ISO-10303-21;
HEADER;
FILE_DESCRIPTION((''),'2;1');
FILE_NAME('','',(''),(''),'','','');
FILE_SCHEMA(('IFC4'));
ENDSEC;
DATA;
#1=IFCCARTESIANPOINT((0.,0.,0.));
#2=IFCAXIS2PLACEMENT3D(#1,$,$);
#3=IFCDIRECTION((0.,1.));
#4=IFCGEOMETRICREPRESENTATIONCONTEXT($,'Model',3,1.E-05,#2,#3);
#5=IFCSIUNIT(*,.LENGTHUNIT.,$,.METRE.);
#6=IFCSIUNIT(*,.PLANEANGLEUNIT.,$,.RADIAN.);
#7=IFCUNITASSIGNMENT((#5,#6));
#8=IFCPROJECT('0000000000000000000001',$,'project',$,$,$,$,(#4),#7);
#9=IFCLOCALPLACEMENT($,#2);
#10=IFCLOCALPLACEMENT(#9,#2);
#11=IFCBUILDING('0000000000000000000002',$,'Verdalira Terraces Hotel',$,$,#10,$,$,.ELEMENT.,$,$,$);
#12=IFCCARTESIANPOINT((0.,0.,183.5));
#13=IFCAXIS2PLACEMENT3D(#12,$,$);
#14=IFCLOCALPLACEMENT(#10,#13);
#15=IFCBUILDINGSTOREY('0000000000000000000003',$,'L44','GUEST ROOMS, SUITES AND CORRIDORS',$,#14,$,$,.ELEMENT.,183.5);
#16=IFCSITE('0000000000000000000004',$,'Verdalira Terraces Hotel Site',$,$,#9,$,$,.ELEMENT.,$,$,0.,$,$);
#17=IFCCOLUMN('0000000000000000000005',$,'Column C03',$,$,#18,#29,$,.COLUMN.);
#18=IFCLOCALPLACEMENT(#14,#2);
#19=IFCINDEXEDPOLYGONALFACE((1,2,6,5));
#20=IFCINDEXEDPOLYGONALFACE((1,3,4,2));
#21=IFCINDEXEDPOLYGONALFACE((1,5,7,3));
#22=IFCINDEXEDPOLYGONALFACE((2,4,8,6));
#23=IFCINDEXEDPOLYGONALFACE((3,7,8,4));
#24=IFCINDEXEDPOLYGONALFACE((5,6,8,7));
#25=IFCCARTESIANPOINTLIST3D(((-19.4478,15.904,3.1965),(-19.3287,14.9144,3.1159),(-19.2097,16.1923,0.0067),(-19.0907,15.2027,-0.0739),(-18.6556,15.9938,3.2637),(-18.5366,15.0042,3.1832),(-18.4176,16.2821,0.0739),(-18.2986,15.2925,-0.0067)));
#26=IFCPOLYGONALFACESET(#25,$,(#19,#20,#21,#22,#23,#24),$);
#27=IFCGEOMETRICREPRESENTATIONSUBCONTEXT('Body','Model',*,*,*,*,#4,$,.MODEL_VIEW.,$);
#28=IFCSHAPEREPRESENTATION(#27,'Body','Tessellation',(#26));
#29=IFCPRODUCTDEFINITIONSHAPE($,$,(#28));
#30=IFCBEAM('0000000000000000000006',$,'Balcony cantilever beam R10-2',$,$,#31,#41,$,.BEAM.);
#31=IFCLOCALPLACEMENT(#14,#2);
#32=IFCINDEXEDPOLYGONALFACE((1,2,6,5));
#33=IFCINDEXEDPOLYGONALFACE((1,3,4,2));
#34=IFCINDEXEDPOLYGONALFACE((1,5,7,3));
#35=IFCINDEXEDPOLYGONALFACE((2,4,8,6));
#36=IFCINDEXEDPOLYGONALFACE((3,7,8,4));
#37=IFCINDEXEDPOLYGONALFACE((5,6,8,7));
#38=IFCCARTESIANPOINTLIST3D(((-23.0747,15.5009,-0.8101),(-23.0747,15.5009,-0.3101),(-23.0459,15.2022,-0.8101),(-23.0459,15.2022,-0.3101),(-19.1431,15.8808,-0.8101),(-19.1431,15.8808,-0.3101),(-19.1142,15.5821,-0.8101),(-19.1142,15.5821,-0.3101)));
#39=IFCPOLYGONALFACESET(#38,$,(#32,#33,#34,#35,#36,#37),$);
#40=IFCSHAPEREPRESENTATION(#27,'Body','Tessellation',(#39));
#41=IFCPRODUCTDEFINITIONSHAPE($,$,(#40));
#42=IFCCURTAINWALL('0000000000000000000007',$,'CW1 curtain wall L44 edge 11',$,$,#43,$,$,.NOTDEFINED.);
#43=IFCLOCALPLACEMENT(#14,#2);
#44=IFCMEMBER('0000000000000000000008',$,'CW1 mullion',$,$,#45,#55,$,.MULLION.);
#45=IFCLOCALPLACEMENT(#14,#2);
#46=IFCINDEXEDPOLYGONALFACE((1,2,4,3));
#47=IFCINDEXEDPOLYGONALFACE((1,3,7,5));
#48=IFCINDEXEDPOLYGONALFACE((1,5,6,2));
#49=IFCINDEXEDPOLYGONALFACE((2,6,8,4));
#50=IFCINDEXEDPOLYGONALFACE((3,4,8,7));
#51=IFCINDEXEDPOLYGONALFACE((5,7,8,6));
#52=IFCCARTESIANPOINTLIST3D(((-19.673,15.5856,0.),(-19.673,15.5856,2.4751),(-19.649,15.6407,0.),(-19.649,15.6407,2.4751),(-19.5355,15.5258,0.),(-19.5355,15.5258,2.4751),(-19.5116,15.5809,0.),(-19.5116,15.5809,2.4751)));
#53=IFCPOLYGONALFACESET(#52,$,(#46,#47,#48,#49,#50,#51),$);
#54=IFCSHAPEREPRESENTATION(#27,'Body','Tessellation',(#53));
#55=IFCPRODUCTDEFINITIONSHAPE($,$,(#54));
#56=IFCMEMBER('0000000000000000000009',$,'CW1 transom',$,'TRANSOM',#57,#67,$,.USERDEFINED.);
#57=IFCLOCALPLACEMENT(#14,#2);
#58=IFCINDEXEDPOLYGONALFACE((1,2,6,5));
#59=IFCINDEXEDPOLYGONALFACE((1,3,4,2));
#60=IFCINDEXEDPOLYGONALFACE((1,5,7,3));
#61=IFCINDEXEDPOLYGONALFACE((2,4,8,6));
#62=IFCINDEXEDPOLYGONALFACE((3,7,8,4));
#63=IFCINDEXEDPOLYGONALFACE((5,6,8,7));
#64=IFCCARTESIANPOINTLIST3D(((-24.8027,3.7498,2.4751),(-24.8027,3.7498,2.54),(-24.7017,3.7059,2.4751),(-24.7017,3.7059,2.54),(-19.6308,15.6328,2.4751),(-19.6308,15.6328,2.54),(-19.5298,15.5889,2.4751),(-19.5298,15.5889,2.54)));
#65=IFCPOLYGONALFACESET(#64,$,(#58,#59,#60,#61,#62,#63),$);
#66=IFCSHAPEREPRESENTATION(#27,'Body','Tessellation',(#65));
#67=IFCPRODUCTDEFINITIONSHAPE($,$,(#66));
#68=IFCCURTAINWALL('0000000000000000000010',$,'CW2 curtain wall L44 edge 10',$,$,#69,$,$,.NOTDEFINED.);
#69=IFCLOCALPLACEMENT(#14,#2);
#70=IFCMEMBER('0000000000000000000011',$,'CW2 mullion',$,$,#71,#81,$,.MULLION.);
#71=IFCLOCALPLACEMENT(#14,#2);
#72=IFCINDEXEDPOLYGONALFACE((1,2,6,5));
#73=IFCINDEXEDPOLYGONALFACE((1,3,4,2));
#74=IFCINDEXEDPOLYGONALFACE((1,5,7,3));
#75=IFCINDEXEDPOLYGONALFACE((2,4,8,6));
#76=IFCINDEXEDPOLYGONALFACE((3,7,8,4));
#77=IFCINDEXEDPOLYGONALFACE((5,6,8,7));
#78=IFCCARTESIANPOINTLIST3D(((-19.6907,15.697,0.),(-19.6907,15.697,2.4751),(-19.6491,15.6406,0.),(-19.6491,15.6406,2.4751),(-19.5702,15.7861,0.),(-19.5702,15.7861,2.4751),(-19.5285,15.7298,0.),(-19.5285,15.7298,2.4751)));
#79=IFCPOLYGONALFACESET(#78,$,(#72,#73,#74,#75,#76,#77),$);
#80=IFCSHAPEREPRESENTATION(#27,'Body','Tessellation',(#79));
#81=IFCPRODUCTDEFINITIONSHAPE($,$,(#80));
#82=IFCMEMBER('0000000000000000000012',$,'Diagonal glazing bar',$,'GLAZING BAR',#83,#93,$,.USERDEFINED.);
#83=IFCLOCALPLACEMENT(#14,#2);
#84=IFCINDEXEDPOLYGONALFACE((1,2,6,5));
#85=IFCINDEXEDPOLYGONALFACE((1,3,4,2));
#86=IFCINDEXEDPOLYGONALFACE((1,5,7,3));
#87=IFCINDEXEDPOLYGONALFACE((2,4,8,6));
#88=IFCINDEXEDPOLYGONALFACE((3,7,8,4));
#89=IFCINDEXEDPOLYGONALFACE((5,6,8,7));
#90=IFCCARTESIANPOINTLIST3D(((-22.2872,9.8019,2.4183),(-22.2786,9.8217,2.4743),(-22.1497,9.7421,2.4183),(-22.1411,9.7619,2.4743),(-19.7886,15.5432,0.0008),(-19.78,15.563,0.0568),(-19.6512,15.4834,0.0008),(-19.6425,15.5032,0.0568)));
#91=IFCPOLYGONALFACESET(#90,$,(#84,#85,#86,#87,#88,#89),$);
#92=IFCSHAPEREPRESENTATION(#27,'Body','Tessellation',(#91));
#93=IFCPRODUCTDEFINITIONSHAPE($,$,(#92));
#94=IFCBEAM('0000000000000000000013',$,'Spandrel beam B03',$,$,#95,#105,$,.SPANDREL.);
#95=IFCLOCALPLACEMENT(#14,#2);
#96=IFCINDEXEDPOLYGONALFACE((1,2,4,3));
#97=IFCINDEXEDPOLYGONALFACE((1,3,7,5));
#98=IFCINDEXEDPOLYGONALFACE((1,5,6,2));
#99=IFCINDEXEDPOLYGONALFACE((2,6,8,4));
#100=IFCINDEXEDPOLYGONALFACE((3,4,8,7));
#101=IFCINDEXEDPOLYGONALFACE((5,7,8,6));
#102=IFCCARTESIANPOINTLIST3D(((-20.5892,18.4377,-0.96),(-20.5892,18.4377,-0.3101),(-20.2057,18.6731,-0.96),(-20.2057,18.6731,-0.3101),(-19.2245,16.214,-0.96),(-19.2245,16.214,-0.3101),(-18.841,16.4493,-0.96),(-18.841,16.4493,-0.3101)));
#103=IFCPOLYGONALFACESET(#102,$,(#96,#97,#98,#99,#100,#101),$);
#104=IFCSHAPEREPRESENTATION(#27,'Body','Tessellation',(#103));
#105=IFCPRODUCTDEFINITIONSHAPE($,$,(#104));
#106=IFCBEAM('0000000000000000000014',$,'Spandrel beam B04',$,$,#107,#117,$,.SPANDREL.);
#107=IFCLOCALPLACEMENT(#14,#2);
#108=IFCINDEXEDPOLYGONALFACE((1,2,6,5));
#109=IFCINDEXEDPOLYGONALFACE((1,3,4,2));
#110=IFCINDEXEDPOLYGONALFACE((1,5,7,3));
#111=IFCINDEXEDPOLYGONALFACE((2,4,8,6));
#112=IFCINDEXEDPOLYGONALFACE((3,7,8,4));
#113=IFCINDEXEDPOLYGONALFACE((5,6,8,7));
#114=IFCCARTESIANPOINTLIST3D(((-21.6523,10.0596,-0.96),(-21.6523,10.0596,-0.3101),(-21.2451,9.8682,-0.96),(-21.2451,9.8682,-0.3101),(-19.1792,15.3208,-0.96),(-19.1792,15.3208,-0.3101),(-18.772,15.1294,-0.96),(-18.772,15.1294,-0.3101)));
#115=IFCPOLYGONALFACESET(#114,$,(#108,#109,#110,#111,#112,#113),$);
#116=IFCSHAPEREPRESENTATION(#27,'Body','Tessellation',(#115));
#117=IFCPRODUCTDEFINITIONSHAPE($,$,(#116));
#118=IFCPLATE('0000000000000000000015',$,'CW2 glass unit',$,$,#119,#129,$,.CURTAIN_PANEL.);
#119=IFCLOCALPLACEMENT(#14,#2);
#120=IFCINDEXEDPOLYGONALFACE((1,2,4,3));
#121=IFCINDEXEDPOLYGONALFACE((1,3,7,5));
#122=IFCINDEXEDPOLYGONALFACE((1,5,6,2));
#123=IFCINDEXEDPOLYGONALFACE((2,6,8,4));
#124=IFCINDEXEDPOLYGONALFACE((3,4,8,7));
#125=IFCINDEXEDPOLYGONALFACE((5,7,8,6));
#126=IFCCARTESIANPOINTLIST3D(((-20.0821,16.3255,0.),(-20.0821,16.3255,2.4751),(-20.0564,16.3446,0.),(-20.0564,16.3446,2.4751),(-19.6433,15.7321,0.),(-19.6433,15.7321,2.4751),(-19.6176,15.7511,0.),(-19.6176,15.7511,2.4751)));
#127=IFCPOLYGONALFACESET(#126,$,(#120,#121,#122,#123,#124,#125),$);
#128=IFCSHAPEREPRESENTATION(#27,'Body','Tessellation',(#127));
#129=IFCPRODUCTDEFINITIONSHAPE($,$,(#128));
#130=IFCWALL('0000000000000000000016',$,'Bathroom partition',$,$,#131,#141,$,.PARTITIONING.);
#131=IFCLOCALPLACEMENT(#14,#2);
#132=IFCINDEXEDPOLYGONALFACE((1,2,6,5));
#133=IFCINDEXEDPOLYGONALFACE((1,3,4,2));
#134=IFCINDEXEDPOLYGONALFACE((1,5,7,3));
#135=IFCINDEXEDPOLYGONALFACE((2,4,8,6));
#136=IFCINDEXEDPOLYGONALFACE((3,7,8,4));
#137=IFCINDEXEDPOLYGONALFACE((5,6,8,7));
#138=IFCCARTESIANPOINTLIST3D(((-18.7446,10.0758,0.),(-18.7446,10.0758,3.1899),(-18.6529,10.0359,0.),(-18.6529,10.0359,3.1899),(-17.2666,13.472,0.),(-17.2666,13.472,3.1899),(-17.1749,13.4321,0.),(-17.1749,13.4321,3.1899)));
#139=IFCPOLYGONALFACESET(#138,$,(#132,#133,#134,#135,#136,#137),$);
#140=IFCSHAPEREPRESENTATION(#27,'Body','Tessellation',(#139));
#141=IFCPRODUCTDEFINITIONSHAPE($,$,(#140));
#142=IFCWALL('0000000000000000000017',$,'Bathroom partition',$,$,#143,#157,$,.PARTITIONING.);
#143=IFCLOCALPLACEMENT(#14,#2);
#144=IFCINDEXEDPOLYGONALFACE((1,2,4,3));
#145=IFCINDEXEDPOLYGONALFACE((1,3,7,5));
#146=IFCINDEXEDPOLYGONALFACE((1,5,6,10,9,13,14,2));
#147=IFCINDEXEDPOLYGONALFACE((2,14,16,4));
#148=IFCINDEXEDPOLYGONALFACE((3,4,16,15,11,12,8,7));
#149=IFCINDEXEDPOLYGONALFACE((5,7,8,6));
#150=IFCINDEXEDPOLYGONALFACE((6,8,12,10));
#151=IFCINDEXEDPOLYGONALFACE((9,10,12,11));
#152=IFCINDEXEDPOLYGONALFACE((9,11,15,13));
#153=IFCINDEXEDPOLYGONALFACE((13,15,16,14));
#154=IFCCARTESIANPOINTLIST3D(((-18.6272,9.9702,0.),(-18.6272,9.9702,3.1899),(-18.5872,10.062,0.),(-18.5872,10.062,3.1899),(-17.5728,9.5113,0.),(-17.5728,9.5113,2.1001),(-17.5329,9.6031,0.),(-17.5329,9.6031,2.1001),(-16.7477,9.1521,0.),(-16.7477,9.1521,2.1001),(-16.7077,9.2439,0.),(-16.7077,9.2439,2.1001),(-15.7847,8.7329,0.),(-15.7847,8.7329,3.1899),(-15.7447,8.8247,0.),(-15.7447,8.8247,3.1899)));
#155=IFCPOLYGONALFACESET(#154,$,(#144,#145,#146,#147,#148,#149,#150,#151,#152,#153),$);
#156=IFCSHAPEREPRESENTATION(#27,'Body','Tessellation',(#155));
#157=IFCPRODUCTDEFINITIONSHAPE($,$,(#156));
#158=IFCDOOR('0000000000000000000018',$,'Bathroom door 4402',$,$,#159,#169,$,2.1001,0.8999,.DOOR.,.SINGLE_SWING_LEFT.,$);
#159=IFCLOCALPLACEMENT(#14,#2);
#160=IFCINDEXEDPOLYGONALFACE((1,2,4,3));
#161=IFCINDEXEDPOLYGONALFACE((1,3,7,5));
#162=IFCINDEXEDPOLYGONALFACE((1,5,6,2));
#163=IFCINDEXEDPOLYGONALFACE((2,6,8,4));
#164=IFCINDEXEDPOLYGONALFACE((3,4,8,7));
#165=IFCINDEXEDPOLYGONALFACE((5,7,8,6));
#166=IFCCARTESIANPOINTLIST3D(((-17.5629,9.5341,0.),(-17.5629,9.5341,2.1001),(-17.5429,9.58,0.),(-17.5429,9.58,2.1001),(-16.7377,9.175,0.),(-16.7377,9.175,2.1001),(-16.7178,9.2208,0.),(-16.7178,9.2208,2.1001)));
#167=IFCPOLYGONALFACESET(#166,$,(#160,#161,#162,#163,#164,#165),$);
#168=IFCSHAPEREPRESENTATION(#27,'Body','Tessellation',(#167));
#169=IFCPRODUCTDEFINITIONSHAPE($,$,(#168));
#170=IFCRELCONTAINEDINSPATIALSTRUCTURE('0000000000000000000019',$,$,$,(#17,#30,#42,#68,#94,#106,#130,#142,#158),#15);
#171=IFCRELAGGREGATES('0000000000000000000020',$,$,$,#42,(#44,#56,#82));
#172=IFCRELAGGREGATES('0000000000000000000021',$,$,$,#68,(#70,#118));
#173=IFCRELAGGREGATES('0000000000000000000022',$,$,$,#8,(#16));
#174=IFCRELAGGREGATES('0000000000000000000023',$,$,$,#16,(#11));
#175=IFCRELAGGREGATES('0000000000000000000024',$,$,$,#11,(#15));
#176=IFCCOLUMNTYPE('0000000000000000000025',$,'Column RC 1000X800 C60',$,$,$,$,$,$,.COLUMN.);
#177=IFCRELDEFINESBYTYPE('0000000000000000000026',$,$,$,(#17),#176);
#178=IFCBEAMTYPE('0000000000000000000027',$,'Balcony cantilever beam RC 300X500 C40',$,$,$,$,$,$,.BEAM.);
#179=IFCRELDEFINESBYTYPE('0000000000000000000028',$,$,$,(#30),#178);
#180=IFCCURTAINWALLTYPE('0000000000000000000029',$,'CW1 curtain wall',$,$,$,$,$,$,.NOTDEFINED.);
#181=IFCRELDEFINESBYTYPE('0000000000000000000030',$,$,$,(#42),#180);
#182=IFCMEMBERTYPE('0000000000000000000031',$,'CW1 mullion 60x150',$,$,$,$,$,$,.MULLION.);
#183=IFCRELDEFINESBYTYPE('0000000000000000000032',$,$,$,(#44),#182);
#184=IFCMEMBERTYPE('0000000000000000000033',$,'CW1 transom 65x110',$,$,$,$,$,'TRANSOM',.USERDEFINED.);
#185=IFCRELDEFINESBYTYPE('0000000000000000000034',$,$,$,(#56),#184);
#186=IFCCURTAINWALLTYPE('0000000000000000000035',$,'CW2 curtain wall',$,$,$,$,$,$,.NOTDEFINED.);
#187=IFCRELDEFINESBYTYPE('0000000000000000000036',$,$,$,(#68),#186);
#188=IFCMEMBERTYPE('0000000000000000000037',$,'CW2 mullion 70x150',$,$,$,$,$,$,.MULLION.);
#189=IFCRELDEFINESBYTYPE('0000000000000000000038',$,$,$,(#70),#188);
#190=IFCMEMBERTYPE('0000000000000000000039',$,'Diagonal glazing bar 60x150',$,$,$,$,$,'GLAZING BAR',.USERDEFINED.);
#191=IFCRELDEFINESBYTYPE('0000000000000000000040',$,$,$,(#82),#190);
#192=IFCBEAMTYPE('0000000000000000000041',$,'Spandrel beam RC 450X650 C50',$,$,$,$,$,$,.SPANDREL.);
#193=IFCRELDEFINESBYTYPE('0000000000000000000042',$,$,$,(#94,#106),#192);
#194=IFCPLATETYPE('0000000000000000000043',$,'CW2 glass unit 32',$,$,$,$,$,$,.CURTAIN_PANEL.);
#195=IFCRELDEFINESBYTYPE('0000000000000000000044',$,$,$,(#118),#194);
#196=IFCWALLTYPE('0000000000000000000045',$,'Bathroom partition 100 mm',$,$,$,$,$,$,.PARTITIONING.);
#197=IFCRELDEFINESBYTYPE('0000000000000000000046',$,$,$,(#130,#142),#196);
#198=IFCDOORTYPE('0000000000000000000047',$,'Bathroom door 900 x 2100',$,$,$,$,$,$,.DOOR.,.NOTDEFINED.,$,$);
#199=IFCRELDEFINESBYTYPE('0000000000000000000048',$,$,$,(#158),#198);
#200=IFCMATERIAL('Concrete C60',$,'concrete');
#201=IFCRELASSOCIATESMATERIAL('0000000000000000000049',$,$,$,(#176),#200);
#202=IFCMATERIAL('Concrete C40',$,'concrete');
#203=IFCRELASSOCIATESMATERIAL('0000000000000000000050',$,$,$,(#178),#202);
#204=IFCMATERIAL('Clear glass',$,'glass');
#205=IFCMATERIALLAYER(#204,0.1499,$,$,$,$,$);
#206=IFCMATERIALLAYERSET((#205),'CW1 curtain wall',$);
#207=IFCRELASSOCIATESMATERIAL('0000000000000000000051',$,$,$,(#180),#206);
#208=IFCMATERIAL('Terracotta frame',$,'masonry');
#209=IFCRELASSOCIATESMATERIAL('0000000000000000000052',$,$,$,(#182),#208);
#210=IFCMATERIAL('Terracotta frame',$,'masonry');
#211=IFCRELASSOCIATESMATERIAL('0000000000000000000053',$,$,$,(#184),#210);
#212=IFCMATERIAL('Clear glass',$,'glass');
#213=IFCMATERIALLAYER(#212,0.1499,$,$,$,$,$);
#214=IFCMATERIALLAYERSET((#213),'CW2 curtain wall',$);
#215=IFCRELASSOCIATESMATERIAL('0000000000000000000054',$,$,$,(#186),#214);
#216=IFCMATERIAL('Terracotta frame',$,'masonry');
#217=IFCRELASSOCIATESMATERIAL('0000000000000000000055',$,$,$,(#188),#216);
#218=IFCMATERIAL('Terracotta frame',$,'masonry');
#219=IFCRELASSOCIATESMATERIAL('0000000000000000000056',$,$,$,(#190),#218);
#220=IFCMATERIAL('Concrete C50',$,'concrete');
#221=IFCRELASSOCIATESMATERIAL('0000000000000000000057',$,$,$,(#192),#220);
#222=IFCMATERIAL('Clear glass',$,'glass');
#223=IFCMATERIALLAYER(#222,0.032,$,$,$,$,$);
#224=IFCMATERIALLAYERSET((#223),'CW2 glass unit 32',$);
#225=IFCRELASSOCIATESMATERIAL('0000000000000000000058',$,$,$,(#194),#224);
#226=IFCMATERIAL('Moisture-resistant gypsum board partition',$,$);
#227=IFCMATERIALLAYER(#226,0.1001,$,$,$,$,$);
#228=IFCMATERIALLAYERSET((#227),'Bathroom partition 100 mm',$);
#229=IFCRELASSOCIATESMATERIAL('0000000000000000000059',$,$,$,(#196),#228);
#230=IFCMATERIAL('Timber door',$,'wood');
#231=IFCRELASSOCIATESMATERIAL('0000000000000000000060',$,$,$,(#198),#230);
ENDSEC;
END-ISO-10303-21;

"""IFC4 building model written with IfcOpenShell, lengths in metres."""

from ifc_helpers import new_model, si_unit, direction, frame, frame_2d, origin, origin_2d, place, context, subcontext, project, spatial, rectangle, extrude, material, layer, layer_set, material_profile, profile_set, type_object, element, fill, aggregate, save


model = new_model("IFC4")

# Units and contexts
model_context = context("Model", 3, precision=1e-05, world=origin(), true_north=direction((0.0, 1.0)))
body_context = subcontext(model_context, "Body", "Model", "MODEL_VIEW")
ifc_project = project(units=[si_unit("LENGTHUNIT", "METRE"), si_unit("PLANEANGLEUNIT", "RADIAN")], contexts=[model_context])

# Site, building, storey
site_placement = place(None, origin())
site = spatial("IfcSite", under=ifc_project, at=site_placement, Name="Verdalira Terraces Hotel Site", CompositionType="ELEMENT", RefElevation=0.0)
building_placement = place(site_placement, origin())
building = spatial("IfcBuilding", under=site, at=building_placement, Name="Verdalira Terraces Hotel", CompositionType="ELEMENT")
storey_placement = place(building_placement, frame((0.0, 0.0, 183.5)))
storey = spatial("IfcBuildingStorey", under=building, at=storey_placement, Name="L44", Description="GUEST ROOMS, SUITES AND CORRIDORS", CompositionType="ELEMENT", Elevation=183.5)

# Column
ifc_material_1 = material(Name="Concrete C60", Category="concrete")
ifc_material_profile_1 = material_profile(ifc_material_1, rectangle(XDim=1.0, YDim=0.8, at=origin_2d()), Name="RC 1000X800")
ifc_profile_set_1 = profile_set([ifc_material_profile_1], Name="Concrete C60")
column_type = type_object("IfcColumnType", Name="Column RC 1000X800 C60", PredefinedType="COLUMN", material=ifc_profile_set_1)
column_placement = place(storey_placement, frame((-18.7541, 15.7424, 0.0), z_axis=(-0.074114, -0.089773, 0.993201), x_axis=(-0.119035, 0.989616, 0.080566)))
element("IfcColumn", 1, at=column_placement, inside=storey, type_object=column_type, Name="Column C03", PredefinedType="COLUMN", context=body_context, shape_type="SweptSolid", body=[
    extrude(rectangle(XDim=1.0, YDim=0.8, at=origin_2d()), origin(), (0.0, 0.0, 1.0), 3.2117),
])

# Beam
ifc_material_2 = material(Name="Concrete C40", Category="concrete")
ifc_material_profile_2 = material_profile(ifc_material_2, rectangle(XDim=0.3, YDim=0.5, at=origin_2d()), Name="RC 300X500")
ifc_profile_set_2 = profile_set([ifc_material_profile_2], Name="Concrete C40")
beam_type_1 = type_object("IfcBeamType", Name="Balcony cantilever beam RC 300X500 C40", PredefinedType="BEAM", material=ifc_profile_set_2)
beam_1_placement = place(storey_placement, frame((-19.1287, 15.7314, -0.5601), z_axis=(-0.995365, -0.096174, 0.0), x_axis=(0.096174, -0.995365, 0.0)))
element("IfcBeam", 2, at=beam_1_placement, inside=storey, type_object=beam_type_1, Name="Balcony cantilever beam R10-2", PredefinedType="BEAM", context=body_context, shape_type="SweptSolid", body=[
    extrude(rectangle(XDim=0.3, YDim=0.5, at=origin_2d()), origin(), (0.0, 0.0, 1.0), 3.95),
])

# Curtain wall, members
ifc_material_3 = material(Name="Clear glass", Category="glass")
ifc_layer_1 = layer(ifc_material_3, 0.1499)
ifc_layer_set_1 = layer_set([ifc_layer_1], Name="CW1 curtain wall")
curtain_wall_type_1 = type_object("IfcCurtainWallType", Name="CW1 curtain wall", PredefinedType="NOTDEFINED", material=ifc_layer_set_1)
curtain_wall_1_placement = place(storey_placement, origin())
curtain_wall_1 = element("IfcCurtainWall", 3, at=curtain_wall_1_placement, inside=storey, type_object=curtain_wall_type_1, Name="CW1 curtain wall L44 edge 11", PredefinedType="NOTDEFINED")
ifc_material_4 = material(Name="Terracotta frame", Category="masonry")
ifc_material_profile_3 = material_profile(ifc_material_4, rectangle(XDim=0.0601, YDim=0.1499, at=origin_2d()), Name="MU 60x150")
ifc_profile_set_3 = profile_set([ifc_material_profile_3], Name="Terracotta frame")
member_type_1 = type_object("IfcMemberType", Name="CW1 mullion 60x150", PredefinedType="MULLION", material=ifc_profile_set_3)
member_1_placement = place(storey_placement, frame((-19.5923, 15.5833, 0.0), z_axis=(0.0, 0.0, 1.0), x_axis=(-0.399069, -0.916921, 0.0)))
member_1 = element("IfcMember", 4, at=member_1_placement, type_object=member_type_1, Name="CW1 mullion", PredefinedType="MULLION", context=body_context, shape_type="SweptSolid", body=[
    extrude(rectangle(XDim=0.0601, YDim=0.1499, at=origin_2d()), origin(), (0.0, 0.0, 1.0), 2.4751),
])
ifc_material_5 = material(Name="Terracotta frame", Category="masonry")
ifc_material_profile_4 = material_profile(ifc_material_5, rectangle(XDim=0.1101, YDim=0.0649, at=origin_2d()), Name="TR 65x110")
ifc_profile_set_4 = profile_set([ifc_material_profile_4], Name="Terracotta frame")
member_type_2 = type_object("IfcMemberType", Name="CW1 transom 65x110", ElementType="TRANSOM", PredefinedType="USERDEFINED", material=ifc_profile_set_4)
member_2_placement = place(storey_placement, frame((-19.5803, 15.6108, 2.5076), z_axis=(-0.399072, -0.91692, 0.0), x_axis=(0.91692, -0.399072, 0.0)))
member_2 = element("IfcMember", 5, at=member_2_placement, type_object=member_type_2, Name="CW1 transom", ObjectType="TRANSOM", PredefinedType="USERDEFINED", context=body_context, shape_type="SweptSolid", body=[
    extrude(rectangle(XDim=0.1101, YDim=0.0649, at=origin_2d()), origin(), (0.0, 0.0, 1.0), 12.9597),
])

# Curtain wall, member
ifc_material_6 = material(Name="Clear glass", Category="glass")
ifc_layer_2 = layer(ifc_material_6, 0.1499)
ifc_layer_set_2 = layer_set([ifc_layer_2], Name="CW2 curtain wall")
curtain_wall_type_2 = type_object("IfcCurtainWallType", Name="CW2 curtain wall", PredefinedType="NOTDEFINED", material=ifc_layer_set_2)
curtain_wall_2_placement = place(storey_placement, origin())
curtain_wall_2 = element("IfcCurtainWall", 6, at=curtain_wall_2_placement, inside=storey, type_object=curtain_wall_type_2, Name="CW2 curtain wall L44 edge 10", PredefinedType="NOTDEFINED")
ifc_material_7 = material(Name="Terracotta frame", Category="masonry")
ifc_material_profile_5 = material_profile(ifc_material_7, rectangle(XDim=0.0701, YDim=0.1499, at=origin_2d()), Name="MU 70x150")
ifc_profile_set_5 = profile_set([ifc_material_profile_5], Name="Terracotta frame")
member_type_3 = type_object("IfcMemberType", Name="CW2 mullion 70x150", PredefinedType="MULLION", material=ifc_profile_set_5)
member_3_placement = place(storey_placement, frame((-19.6096, 15.7134, 0.0), z_axis=(0.0, 0.0, 1.0), x_axis=(0.594542, -0.804064, 0.0)))
member_3 = element("IfcMember", 7, at=member_3_placement, type_object=member_type_3, Name="CW2 mullion", PredefinedType="MULLION", context=body_context, shape_type="SweptSolid", body=[
    extrude(rectangle(XDim=0.0701, YDim=0.1499, at=origin_2d()), origin(), (0.0, 0.0, 1.0), 2.4751),
])

# Member
ifc_material_8 = material(Name="Terracotta frame", Category="masonry")
ifc_material_profile_6 = material_profile(ifc_material_8, rectangle(XDim=0.1499, YDim=0.0601, at=origin_2d()), Name="GB 60x150")
ifc_profile_set_6 = profile_set([ifc_material_profile_6], Name="Terracotta frame")
member_type_4 = type_object("IfcMemberType", Name="Diagonal glazing bar 60x150", ElementType="GLAZING BAR", PredefinedType="USERDEFINED", material=ifc_profile_set_6)
member_4_placement = place(storey_placement, frame((-19.7156, 15.5232, 0.0288), z_axis=(-0.37226, -0.855389, 0.360183), x_axis=(0.916932, -0.399043, 0.0)))
member_4 = element("IfcMember", 8, at=member_4_placement, type_object=member_type_4, Name="Diagonal glazing bar", ObjectType="GLAZING BAR", PredefinedType="USERDEFINED", context=body_context, shape_type="SweptSolid", body=[
    extrude(rectangle(XDim=0.1499, YDim=0.0601, at=origin_2d()), origin(), (0.0, 0.0, 1.0), 6.7119),
])
aggregate(curtain_wall_1, [member_1, member_2, member_4])

# Beams
ifc_material_9 = material(Name="Concrete C50", Category="concrete")
ifc_material_profile_7 = material_profile(ifc_material_9, rectangle(XDim=0.45, YDim=0.6499, at=origin_2d()), Name="RC 450X650")
ifc_profile_set_7 = profile_set([ifc_material_profile_7], Name="Concrete C50")
beam_type_2 = type_object("IfcBeamType", Name="Spandrel beam RC 450X650 C50", PredefinedType="SPANDREL", material=ifc_profile_set_7)
beam_2_placement = place(storey_placement, frame((-20.3975, 18.5554, -0.635), z_axis=(0.523042, -0.852307, 0.0), x_axis=(0.852307, 0.523042, 0.0)))
element("IfcBeam", 9, at=beam_2_placement, inside=storey, type_object=beam_type_2, Name="Spandrel beam B03", PredefinedType="SPANDREL", context=body_context, shape_type="SweptSolid", body=[
    extrude(rectangle(XDim=0.45, YDim=0.6499, at=origin_2d()), origin(), (0.0, 0.0, 1.0), 2.6091),
])
beam_3_placement = place(storey_placement, frame((-18.9756, 15.2251, -0.635), z_axis=(-0.425413, -0.904999, 0.0), x_axis=(0.904999, -0.425413, 0.0)))
element("IfcBeam", 10, at=beam_3_placement, inside=storey, type_object=beam_type_2, Name="Spandrel beam B04", PredefinedType="SPANDREL", context=body_context, shape_type="SweptSolid", body=[
    extrude(rectangle(XDim=0.45, YDim=0.6499, at=origin_2d()), origin(), (0.0, 0.0, 1.0), 5.8135),
])

# Plate
ifc_material_10 = material(Name="Clear glass", Category="glass")
ifc_layer_3 = layer(ifc_material_10, 0.032)
ifc_layer_set_3 = layer_set([ifc_layer_3], Name="CW2 glass unit 32")
plate_type = type_object("IfcPlateType", Name="CW2 glass unit 32", PredefinedType="CURTAIN_PANEL", material=ifc_layer_set_3)
plate_placement = place(storey_placement, frame((-19.8499, 16.0383, 0.0), z_axis=(0.0, 0.0, 1.0), x_axis=(0.594542, -0.804064, 0.0)))
plate = element("IfcPlate", 11, at=plate_placement, type_object=plate_type, Name="CW2 glass unit", PredefinedType="CURTAIN_PANEL", context=body_context, shape_type="SweptSolid", body=[
    extrude(rectangle(XDim=0.738, YDim=0.032, at=origin_2d()), origin(), (0.0, 0.0, 1.0), 2.4751),
])
aggregate(curtain_wall_2, [member_3, plate])

# Wall
ifc_material_11 = material(Name="Moisture-resistant gypsum board partition")
ifc_layer_4 = layer(ifc_material_11, 0.1001)
ifc_layer_set_4 = layer_set([ifc_layer_4], Name="Bathroom partition 100 mm")
wall_type_1 = type_object("IfcWallType", Name="Bathroom partition 100 mm", PredefinedType="PARTITIONING", material=ifc_layer_set_4)
wall_1_placement = place(storey_placement, frame((-17.2207, 13.4521, 0.0), z_axis=(0.0, 0.0, 1.0), x_axis=(-0.399044, -0.916932, 0.0)))
element("IfcWall", 12, at=wall_1_placement, inside=storey, type_object=wall_type_1, Name="Bathroom partition", PredefinedType="PARTITIONING", context=body_context, shape_type="SweptSolid", body=[
    extrude(rectangle(XDim=3.7039, YDim=0.1001, at=frame_2d((1.8521, 0.0))), origin(), (0.0, 0.0, 1.0), 3.1899),
])

# Wall, opening, door
wall_2_placement = place(storey_placement, frame((-18.6072, 10.0161, 0.0), z_axis=(0.0, 0.0, 1.0), x_axis=(0.916902, -0.399112, 0.0)))
wall_2 = element("IfcWall", 13, at=wall_2_placement, inside=storey, type_object=wall_type_1, Name="Bathroom partition", PredefinedType="PARTITIONING", context=body_context, shape_type="SweptSolid", body=[
    extrude(rectangle(XDim=3.1001, YDim=0.1001, at=frame_2d((1.55, 0.0))), origin(), (0.0, 0.0, 1.0), 3.1899),
])
opening_placement = place(wall_2_placement, frame((1.1499, 0.0, 0.0)))
opening = element("IfcOpeningElement", 14, at=opening_placement, cuts=wall_2, PredefinedType="OPENING", context=body_context, shape_type="SweptSolid", body=[
    extrude(rectangle(XDim=0.8999, YDim=2.1001, at=frame_2d((0.45, 1.05))), frame((0.0, 0.0601, 0.0), z_axis=(0.0, -1.0, 0.0), x_axis=(1.0, 0.0, 0.0)), (0.0, 0.0, 1.0), 0.1201),
])
ifc_material_12 = material(Name="Timber door", Category="wood")
door_type = type_object("IfcDoorType", Name="Bathroom door 900 x 2100", OperationType="NOTDEFINED", PredefinedType="DOOR", material=ifc_material_12)
door_placement = place(opening_placement, origin())
door = element("IfcDoor", 15, at=door_placement, inside=storey, type_object=door_type, Name="Bathroom door 4402", OperationType="SINGLE_SWING_LEFT", OverallHeight=2.1001, OverallWidth=0.8999, PredefinedType="DOOR", context=body_context, shape_type="SweptSolid", body=[
    extrude(rectangle(XDim=0.8999, YDim=2.1001, at=frame_2d((0.45, 1.05))), frame((0.0, 0.0249, 0.0), z_axis=(0.0, -1.0, 0.0), x_axis=(1.0, 0.0, 0.0)), (0.0, 0.0, 1.0), 0.05),
])
fill(opening, door)

save(model, "model.ifc")
